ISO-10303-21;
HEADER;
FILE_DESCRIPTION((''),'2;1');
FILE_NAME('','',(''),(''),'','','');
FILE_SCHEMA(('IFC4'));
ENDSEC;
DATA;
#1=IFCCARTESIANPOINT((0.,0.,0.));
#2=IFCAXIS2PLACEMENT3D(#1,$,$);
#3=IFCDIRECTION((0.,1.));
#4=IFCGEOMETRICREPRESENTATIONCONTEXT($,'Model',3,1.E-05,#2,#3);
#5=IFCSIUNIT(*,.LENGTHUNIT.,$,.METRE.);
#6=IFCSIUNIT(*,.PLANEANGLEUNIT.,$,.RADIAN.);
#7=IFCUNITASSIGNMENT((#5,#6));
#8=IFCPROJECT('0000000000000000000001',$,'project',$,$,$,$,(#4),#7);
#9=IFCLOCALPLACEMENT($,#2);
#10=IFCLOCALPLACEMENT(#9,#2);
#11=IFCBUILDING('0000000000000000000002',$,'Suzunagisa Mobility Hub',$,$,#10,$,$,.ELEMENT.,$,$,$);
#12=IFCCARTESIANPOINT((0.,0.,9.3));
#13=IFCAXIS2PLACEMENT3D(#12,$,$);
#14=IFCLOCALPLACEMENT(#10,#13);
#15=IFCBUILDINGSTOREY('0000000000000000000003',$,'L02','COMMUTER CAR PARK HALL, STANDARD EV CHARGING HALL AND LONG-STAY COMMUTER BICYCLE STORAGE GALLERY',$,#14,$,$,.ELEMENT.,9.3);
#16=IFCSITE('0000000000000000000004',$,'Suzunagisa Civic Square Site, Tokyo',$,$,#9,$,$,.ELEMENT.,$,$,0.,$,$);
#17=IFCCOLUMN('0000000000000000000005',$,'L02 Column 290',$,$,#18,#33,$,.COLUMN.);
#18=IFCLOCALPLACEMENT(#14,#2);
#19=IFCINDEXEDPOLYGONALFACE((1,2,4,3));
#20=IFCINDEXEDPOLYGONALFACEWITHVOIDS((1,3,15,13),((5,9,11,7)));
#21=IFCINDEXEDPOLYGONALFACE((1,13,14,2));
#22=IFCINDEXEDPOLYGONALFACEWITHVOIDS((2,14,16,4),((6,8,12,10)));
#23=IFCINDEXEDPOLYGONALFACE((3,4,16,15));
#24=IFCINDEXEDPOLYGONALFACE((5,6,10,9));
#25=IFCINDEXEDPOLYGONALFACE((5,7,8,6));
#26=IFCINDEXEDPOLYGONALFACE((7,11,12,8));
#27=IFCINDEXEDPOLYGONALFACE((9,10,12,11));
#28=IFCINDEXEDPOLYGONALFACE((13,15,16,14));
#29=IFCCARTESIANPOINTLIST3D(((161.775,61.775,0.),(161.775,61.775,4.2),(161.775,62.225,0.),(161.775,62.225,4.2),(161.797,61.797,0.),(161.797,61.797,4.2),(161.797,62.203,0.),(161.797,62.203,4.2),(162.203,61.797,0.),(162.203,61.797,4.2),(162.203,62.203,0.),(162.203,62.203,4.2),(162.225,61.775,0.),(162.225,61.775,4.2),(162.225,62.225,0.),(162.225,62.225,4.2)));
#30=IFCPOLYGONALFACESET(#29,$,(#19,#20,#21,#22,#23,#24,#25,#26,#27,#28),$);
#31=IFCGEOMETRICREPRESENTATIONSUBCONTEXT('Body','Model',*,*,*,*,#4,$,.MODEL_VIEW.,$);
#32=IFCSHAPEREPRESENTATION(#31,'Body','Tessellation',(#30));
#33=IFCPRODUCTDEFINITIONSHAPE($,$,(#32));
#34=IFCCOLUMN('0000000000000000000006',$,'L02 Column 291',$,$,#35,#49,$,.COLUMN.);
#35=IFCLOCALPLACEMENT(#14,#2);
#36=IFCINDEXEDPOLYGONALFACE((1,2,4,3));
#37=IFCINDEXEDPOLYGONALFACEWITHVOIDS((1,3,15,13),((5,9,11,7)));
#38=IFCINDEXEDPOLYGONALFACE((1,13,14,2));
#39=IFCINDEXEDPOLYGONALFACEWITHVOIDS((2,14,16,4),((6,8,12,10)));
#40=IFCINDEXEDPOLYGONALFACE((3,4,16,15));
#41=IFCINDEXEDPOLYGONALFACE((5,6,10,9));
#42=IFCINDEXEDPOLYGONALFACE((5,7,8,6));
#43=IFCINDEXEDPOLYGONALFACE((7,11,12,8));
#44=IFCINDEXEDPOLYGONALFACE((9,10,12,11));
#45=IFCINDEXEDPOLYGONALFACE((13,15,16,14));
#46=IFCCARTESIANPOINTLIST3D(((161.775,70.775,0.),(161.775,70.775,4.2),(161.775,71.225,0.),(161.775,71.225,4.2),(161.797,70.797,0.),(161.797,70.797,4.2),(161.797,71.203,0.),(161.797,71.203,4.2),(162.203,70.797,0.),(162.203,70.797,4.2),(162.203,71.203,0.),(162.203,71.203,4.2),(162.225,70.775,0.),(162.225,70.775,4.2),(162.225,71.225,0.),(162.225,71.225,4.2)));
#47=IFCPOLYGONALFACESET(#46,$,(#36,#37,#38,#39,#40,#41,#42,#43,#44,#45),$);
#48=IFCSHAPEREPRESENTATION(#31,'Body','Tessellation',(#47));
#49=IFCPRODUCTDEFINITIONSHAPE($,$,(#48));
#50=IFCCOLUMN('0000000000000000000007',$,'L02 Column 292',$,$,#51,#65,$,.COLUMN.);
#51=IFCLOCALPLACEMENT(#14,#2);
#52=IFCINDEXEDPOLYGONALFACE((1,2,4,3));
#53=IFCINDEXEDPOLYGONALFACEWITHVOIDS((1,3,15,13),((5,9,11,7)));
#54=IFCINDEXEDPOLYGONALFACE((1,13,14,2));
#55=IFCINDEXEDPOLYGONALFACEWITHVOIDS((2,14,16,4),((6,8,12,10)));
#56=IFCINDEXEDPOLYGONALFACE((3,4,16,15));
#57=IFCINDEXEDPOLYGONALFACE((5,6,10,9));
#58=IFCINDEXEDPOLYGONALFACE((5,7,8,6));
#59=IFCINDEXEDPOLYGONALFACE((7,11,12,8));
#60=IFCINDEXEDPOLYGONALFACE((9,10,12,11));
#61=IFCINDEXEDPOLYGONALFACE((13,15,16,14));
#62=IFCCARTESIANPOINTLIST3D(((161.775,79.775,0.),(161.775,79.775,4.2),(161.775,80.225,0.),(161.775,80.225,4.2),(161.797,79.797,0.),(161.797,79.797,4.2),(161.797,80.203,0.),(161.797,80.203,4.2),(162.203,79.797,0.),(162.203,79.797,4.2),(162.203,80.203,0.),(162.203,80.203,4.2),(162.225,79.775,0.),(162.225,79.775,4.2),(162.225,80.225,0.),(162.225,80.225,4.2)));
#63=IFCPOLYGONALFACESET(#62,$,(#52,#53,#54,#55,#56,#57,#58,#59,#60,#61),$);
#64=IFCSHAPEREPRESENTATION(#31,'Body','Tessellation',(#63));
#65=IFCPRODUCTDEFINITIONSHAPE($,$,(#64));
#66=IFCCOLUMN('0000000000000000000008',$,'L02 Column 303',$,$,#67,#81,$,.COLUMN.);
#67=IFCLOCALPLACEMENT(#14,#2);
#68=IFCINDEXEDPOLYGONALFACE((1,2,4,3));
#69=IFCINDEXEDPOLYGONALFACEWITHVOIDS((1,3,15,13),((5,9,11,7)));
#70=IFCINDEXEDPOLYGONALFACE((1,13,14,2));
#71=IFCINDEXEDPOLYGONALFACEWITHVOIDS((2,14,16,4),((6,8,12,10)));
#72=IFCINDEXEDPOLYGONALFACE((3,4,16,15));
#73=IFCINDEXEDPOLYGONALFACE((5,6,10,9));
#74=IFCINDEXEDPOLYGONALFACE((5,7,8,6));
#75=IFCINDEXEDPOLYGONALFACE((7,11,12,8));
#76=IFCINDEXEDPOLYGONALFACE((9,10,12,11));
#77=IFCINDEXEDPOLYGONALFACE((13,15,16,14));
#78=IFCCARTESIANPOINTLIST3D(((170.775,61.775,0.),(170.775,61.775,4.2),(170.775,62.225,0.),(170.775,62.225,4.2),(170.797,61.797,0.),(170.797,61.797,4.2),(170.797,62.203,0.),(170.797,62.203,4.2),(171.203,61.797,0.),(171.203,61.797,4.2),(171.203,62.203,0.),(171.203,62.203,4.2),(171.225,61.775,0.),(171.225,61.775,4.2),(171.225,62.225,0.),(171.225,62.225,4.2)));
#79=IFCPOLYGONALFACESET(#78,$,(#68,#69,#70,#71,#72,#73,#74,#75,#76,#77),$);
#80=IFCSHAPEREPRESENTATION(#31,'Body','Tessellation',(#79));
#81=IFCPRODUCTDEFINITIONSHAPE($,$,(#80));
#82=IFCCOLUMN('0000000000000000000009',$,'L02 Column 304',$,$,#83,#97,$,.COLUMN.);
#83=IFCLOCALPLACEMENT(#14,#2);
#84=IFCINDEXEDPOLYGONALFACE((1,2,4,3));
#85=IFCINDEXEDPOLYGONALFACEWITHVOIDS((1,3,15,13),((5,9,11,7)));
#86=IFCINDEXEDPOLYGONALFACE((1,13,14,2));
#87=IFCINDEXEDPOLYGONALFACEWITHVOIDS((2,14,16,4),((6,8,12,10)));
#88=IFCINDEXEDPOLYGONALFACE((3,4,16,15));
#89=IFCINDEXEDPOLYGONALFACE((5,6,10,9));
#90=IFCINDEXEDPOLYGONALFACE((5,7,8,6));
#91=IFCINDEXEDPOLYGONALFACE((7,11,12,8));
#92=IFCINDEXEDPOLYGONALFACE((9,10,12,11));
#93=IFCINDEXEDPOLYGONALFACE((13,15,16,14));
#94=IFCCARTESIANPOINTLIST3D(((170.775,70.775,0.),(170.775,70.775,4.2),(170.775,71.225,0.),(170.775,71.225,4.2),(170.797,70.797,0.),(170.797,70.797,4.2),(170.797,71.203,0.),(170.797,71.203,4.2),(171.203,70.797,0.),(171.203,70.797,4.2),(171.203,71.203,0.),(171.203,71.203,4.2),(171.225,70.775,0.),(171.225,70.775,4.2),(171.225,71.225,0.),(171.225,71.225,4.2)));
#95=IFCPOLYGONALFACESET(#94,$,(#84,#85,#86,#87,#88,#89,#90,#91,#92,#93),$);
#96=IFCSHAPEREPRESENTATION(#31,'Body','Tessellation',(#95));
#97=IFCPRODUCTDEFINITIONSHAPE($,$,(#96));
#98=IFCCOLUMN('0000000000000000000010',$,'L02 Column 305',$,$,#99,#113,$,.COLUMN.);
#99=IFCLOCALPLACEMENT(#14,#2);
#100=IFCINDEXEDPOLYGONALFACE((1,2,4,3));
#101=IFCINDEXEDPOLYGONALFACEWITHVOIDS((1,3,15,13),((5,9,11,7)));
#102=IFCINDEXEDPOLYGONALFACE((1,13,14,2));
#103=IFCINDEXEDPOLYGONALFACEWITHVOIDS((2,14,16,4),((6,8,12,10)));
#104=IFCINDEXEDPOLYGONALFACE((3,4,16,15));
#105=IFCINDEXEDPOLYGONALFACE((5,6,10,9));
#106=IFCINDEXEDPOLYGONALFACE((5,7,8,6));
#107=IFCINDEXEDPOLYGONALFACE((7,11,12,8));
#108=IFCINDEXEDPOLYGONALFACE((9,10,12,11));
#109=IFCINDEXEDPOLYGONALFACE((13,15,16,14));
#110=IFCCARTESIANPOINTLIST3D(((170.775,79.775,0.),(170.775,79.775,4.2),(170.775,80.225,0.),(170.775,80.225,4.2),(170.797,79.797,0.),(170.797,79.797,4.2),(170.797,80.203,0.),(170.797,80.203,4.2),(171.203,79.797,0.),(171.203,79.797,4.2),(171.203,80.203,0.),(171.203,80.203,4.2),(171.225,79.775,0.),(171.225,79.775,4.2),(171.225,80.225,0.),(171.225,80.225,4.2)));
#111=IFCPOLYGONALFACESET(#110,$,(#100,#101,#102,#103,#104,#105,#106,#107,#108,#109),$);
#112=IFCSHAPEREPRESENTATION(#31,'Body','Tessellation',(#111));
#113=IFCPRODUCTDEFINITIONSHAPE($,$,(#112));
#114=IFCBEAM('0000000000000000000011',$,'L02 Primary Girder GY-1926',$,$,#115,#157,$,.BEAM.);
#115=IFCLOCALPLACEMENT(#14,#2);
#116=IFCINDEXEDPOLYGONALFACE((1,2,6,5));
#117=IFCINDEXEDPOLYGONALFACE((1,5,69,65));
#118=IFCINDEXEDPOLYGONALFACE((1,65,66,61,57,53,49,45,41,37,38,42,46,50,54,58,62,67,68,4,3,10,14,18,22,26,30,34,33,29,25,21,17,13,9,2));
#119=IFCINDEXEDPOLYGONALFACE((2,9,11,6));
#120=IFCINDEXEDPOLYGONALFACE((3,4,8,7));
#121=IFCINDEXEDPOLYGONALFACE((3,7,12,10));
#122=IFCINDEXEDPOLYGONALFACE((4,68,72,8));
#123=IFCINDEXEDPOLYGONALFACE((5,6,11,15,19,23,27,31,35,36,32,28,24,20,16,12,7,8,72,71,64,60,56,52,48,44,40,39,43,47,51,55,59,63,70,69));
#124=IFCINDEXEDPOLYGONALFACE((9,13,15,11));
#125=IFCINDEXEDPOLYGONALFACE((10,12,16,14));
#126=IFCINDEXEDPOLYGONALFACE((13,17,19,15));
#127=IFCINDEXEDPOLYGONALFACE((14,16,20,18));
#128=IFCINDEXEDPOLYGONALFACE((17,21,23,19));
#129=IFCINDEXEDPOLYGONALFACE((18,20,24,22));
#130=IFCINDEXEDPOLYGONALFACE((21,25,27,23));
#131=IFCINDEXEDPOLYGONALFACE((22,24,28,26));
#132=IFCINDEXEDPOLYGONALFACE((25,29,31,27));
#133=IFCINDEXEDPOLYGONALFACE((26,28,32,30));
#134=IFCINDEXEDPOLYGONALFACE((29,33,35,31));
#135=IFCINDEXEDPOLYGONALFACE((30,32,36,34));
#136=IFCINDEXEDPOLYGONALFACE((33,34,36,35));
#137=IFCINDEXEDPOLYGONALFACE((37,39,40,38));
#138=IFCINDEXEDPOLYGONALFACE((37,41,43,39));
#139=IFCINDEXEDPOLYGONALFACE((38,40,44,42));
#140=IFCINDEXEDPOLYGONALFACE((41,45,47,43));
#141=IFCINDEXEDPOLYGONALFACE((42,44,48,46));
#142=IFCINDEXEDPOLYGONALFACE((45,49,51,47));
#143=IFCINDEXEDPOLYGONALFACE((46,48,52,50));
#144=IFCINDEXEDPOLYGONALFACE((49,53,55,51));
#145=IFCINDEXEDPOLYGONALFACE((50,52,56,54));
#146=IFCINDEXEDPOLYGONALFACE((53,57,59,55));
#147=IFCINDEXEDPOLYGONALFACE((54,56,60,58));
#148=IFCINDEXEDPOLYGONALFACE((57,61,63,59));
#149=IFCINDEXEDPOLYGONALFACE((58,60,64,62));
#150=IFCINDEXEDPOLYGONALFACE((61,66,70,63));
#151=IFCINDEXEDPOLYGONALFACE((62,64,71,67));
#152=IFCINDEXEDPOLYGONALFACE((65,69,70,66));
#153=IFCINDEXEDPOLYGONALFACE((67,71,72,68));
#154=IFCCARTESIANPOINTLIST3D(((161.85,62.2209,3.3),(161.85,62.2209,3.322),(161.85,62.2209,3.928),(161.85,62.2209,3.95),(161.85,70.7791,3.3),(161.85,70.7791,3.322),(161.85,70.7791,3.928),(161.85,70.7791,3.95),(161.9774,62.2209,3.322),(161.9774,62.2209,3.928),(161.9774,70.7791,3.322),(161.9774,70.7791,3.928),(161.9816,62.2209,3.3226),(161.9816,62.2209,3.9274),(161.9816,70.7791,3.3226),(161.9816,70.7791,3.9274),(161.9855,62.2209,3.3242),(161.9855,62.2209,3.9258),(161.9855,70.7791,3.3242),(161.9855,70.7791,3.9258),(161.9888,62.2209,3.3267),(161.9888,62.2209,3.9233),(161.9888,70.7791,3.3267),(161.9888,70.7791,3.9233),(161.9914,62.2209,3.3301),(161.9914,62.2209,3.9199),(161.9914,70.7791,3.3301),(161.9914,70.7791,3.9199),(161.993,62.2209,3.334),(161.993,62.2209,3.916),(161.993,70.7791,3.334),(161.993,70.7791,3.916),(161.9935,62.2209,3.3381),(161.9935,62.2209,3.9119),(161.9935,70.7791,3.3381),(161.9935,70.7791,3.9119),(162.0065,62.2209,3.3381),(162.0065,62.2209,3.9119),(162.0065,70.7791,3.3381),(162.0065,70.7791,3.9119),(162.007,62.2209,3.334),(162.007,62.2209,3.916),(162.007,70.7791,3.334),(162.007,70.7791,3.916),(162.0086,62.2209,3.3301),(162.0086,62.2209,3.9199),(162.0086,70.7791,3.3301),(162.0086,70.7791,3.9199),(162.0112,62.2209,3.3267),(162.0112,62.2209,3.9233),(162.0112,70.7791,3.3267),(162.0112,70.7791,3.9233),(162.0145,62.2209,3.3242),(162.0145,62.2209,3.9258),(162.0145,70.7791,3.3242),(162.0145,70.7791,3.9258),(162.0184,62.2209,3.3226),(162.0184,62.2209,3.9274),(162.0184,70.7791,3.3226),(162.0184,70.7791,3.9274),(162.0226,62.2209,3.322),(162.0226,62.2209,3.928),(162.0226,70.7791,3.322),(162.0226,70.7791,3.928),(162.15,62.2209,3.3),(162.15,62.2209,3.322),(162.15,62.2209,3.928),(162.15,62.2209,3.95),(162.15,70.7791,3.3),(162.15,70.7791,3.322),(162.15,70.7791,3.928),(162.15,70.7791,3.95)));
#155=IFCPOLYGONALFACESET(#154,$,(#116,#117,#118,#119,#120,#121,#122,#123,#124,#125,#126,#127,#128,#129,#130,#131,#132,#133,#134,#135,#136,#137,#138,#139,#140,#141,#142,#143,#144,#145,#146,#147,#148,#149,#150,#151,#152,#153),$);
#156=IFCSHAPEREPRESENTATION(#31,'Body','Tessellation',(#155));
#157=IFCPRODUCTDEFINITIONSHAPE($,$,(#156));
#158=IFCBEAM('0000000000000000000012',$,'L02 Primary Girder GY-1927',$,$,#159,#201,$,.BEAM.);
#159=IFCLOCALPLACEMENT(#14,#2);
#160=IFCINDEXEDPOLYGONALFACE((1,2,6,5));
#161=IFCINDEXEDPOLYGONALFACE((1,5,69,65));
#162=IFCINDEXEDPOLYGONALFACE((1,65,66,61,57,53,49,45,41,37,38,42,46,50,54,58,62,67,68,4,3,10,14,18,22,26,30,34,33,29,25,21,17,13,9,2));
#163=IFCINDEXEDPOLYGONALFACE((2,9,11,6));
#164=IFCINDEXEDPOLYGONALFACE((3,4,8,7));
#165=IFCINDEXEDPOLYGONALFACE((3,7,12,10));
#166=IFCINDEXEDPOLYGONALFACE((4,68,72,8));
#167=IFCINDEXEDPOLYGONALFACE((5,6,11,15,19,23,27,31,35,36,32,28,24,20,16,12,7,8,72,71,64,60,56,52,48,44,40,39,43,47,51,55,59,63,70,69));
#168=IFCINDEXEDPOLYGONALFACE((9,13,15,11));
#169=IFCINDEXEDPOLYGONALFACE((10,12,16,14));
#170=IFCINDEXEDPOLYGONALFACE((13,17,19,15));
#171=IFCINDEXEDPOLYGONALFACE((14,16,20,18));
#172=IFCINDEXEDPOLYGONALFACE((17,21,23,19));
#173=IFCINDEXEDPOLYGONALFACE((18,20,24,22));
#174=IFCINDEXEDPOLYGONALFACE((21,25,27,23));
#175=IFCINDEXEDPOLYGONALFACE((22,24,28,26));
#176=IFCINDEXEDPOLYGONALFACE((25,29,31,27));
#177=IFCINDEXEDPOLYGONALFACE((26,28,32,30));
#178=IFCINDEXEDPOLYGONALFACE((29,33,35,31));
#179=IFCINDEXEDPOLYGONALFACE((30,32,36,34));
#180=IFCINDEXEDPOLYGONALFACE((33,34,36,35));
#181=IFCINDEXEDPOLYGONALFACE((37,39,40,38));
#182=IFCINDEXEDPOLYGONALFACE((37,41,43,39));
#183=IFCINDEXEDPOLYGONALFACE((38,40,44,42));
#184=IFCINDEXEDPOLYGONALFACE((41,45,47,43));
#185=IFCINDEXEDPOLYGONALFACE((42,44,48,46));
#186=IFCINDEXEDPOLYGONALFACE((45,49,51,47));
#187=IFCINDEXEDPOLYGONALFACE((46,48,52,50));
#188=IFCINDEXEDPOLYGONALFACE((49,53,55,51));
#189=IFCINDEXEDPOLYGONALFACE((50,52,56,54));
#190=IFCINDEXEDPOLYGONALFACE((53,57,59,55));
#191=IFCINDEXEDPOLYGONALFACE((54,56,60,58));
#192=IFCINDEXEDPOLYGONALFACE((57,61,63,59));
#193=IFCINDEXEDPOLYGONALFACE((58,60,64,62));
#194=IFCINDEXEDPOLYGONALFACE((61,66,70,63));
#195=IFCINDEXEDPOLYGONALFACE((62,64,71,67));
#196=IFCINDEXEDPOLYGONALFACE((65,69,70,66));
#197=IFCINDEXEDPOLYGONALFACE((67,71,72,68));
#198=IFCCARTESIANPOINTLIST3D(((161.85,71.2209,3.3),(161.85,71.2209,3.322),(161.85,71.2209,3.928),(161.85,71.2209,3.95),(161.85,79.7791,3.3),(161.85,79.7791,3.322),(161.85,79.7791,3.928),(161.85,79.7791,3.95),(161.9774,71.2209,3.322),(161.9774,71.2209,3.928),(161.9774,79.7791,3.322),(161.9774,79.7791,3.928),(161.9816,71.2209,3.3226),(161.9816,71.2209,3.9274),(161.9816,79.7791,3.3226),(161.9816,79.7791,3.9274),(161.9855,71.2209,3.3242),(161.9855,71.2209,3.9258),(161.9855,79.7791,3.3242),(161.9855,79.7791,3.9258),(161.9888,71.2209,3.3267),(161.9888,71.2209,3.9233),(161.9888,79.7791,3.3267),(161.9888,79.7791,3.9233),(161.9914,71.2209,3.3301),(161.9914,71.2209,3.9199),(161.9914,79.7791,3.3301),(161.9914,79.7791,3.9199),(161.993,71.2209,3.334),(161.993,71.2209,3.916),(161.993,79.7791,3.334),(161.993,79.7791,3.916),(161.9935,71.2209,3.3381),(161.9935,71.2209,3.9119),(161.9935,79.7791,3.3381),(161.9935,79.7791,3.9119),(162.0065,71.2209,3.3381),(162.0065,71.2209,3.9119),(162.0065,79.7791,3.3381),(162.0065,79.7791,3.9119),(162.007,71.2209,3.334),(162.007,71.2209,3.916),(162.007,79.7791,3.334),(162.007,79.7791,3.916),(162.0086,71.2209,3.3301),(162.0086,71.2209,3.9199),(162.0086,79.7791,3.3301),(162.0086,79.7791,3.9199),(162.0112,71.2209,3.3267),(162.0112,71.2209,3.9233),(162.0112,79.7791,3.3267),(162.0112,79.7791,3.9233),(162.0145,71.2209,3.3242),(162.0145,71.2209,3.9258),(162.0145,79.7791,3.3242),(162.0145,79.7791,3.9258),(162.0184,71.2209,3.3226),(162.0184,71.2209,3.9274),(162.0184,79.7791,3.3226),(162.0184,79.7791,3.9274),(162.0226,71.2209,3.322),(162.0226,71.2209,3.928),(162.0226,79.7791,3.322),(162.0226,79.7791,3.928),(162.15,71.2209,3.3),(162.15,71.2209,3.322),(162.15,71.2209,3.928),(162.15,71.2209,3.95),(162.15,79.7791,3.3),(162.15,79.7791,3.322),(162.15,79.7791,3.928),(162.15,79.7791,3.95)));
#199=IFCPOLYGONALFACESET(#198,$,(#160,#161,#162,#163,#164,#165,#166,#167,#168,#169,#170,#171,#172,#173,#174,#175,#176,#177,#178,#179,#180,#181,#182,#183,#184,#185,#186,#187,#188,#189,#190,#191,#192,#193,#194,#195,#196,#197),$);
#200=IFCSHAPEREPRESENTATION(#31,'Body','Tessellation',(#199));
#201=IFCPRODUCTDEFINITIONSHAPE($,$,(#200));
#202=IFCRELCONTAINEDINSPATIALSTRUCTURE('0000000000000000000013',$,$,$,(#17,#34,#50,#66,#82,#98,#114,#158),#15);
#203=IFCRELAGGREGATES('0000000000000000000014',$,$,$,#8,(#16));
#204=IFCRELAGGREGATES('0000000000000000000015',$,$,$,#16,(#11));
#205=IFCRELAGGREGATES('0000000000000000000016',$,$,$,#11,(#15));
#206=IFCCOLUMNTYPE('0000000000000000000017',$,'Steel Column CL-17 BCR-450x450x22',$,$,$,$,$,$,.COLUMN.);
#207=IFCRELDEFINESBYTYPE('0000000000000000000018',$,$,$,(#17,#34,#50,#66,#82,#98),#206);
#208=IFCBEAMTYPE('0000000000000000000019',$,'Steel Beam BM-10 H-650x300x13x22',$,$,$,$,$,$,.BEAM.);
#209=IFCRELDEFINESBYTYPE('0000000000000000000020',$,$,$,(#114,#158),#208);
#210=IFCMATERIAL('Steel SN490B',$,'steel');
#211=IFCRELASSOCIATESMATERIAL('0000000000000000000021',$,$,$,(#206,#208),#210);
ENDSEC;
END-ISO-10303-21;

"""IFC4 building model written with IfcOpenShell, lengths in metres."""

from ifc_helpers import new_model, si_unit, direction, frame, origin, origin_2d, place, context, subcontext, project, spatial, hollow_rectangle, i_section, extrude, material, material_profile, profile_set, type_object, element, save


model = new_model("IFC4")

# Units and contexts
model_context = context("Model", 3, precision=1e-05, world=origin(), true_north=direction((0.0, 1.0)))
body_context = subcontext(model_context, "Body", "Model", "MODEL_VIEW")
ifc_project = project(units=[si_unit("LENGTHUNIT", "METRE"), si_unit("PLANEANGLEUNIT", "RADIAN")], contexts=[model_context])

# Site, building, storey
site_placement = place(None, origin())
site = spatial("IfcSite", under=ifc_project, at=site_placement, Name="Suzunagisa Civic Square Site, Tokyo", CompositionType="ELEMENT", RefElevation=0.0)
building_placement = place(site_placement, origin())
building = spatial("IfcBuilding", under=site, at=building_placement, Name="Suzunagisa Mobility Hub", CompositionType="ELEMENT")
storey_placement = place(building_placement, frame((0.0, 0.0, 9.3)))
storey = spatial("IfcBuildingStorey", under=building, at=storey_placement, Name="L02", Description="COMMUTER CAR PARK HALL, STANDARD EV CHARGING HALL AND LONG-STAY COMMUTER BICYCLE STORAGE GALLERY", CompositionType="ELEMENT", Elevation=9.3)

# Columns
ifc_material_1 = material(Name="Steel SN490B", Category="steel")
ifc_material_profile_1 = material_profile(ifc_material_1, hollow_rectangle(XDim=0.45, YDim=0.45, WallThickness=0.022, at=origin_2d()), Name="BCR-450x450x22")
ifc_profile_set_1 = profile_set([ifc_material_profile_1], Name="Steel SN490B")
column_type = type_object("IfcColumnType", Name="Steel Column CL-17 BCR-450x450x22", PredefinedType="COLUMN", material=ifc_profile_set_1)
for number, where, z_axis, x_axis, name in (
    (1, (162.0, 62.0, 0.0), (0.0, 0.0, 1.0), (1.0, 0.0, 0.0), "L02 Column 290"),
    (2, (162.0, 71.0, 0.0), (0.0, 0.0, 1.0), (1.0, 0.0, 0.0), "L02 Column 291"),
    (3, (162.0, 80.0, 0.0), (0.0, 0.0, 1.0), (1.0, 0.0, 0.0), "L02 Column 292"),
    (4, (171.0, 62.0, 0.0), (0.0, 0.0, 1.0), (1.0, 0.0, 0.0), "L02 Column 303"),
    (5, (171.0, 71.0, 0.0), (0.0, 0.0, 1.0), (1.0, 0.0, 0.0), "L02 Column 304"),
    (6, (171.0, 80.0, 0.0), (0.0, 0.0, 1.0), (1.0, 0.0, 0.0), "L02 Column 305"),
):
    element("IfcColumn", number, at=place(storey_placement, frame(where, z_axis=z_axis, x_axis=x_axis)), inside=storey, type_object=column_type, Name=name, PredefinedType="COLUMN", context=body_context, shape_type="SweptSolid", body=[
        extrude(hollow_rectangle(XDim=0.45, YDim=0.45, WallThickness=0.022, at=origin_2d()), origin(), (0.0, 0.0, 1.0), 4.2),
    ])

# Beams
ifc_material_profile_2 = material_profile(ifc_material_1, i_section(OverallWidth=0.3, OverallDepth=0.6499, WebThickness=0.0129, FlangeThickness=0.022, FilletRadius=0.0161, at=origin_2d()), Name="H-650x300x13x22")
ifc_profile_set_2 = profile_set([ifc_material_profile_2], Name="Steel SN490B")
beam_type_1 = type_object("IfcBeamType", Name="Steel Beam BM-10 H-650x300x13x22", PredefinedType="BEAM", material=ifc_profile_set_2)
for number, where, z_axis, x_axis, name in (
    (7, (162.0, 62.2209, 3.625), (0.0, 1.0, 0.0), (-1.0, 0.0, 0.0), "L02 Primary Girder GY-1926"),
    (8, (162.0, 71.2209, 3.625), (0.0, 1.0, 0.0), (-1.0, 0.0, 0.0), "L02 Primary Girder GY-1927"),
):
    element("IfcBeam", number, at=place(storey_placement, frame(where, z_axis=z_axis, x_axis=x_axis)), inside=storey, type_object=beam_type_1, Name=name, PredefinedType="BEAM", context=body_context, shape_type="SweptSolid", body=[
        extrude(i_section(OverallWidth=0.3, OverallDepth=0.6499, WebThickness=0.0129, FlangeThickness=0.022, FilletRadius=0.0161, at=origin_2d()), origin(), (0.0, 0.0, 1.0), 8.5581),
    ])

save(model, "model.ifc")
